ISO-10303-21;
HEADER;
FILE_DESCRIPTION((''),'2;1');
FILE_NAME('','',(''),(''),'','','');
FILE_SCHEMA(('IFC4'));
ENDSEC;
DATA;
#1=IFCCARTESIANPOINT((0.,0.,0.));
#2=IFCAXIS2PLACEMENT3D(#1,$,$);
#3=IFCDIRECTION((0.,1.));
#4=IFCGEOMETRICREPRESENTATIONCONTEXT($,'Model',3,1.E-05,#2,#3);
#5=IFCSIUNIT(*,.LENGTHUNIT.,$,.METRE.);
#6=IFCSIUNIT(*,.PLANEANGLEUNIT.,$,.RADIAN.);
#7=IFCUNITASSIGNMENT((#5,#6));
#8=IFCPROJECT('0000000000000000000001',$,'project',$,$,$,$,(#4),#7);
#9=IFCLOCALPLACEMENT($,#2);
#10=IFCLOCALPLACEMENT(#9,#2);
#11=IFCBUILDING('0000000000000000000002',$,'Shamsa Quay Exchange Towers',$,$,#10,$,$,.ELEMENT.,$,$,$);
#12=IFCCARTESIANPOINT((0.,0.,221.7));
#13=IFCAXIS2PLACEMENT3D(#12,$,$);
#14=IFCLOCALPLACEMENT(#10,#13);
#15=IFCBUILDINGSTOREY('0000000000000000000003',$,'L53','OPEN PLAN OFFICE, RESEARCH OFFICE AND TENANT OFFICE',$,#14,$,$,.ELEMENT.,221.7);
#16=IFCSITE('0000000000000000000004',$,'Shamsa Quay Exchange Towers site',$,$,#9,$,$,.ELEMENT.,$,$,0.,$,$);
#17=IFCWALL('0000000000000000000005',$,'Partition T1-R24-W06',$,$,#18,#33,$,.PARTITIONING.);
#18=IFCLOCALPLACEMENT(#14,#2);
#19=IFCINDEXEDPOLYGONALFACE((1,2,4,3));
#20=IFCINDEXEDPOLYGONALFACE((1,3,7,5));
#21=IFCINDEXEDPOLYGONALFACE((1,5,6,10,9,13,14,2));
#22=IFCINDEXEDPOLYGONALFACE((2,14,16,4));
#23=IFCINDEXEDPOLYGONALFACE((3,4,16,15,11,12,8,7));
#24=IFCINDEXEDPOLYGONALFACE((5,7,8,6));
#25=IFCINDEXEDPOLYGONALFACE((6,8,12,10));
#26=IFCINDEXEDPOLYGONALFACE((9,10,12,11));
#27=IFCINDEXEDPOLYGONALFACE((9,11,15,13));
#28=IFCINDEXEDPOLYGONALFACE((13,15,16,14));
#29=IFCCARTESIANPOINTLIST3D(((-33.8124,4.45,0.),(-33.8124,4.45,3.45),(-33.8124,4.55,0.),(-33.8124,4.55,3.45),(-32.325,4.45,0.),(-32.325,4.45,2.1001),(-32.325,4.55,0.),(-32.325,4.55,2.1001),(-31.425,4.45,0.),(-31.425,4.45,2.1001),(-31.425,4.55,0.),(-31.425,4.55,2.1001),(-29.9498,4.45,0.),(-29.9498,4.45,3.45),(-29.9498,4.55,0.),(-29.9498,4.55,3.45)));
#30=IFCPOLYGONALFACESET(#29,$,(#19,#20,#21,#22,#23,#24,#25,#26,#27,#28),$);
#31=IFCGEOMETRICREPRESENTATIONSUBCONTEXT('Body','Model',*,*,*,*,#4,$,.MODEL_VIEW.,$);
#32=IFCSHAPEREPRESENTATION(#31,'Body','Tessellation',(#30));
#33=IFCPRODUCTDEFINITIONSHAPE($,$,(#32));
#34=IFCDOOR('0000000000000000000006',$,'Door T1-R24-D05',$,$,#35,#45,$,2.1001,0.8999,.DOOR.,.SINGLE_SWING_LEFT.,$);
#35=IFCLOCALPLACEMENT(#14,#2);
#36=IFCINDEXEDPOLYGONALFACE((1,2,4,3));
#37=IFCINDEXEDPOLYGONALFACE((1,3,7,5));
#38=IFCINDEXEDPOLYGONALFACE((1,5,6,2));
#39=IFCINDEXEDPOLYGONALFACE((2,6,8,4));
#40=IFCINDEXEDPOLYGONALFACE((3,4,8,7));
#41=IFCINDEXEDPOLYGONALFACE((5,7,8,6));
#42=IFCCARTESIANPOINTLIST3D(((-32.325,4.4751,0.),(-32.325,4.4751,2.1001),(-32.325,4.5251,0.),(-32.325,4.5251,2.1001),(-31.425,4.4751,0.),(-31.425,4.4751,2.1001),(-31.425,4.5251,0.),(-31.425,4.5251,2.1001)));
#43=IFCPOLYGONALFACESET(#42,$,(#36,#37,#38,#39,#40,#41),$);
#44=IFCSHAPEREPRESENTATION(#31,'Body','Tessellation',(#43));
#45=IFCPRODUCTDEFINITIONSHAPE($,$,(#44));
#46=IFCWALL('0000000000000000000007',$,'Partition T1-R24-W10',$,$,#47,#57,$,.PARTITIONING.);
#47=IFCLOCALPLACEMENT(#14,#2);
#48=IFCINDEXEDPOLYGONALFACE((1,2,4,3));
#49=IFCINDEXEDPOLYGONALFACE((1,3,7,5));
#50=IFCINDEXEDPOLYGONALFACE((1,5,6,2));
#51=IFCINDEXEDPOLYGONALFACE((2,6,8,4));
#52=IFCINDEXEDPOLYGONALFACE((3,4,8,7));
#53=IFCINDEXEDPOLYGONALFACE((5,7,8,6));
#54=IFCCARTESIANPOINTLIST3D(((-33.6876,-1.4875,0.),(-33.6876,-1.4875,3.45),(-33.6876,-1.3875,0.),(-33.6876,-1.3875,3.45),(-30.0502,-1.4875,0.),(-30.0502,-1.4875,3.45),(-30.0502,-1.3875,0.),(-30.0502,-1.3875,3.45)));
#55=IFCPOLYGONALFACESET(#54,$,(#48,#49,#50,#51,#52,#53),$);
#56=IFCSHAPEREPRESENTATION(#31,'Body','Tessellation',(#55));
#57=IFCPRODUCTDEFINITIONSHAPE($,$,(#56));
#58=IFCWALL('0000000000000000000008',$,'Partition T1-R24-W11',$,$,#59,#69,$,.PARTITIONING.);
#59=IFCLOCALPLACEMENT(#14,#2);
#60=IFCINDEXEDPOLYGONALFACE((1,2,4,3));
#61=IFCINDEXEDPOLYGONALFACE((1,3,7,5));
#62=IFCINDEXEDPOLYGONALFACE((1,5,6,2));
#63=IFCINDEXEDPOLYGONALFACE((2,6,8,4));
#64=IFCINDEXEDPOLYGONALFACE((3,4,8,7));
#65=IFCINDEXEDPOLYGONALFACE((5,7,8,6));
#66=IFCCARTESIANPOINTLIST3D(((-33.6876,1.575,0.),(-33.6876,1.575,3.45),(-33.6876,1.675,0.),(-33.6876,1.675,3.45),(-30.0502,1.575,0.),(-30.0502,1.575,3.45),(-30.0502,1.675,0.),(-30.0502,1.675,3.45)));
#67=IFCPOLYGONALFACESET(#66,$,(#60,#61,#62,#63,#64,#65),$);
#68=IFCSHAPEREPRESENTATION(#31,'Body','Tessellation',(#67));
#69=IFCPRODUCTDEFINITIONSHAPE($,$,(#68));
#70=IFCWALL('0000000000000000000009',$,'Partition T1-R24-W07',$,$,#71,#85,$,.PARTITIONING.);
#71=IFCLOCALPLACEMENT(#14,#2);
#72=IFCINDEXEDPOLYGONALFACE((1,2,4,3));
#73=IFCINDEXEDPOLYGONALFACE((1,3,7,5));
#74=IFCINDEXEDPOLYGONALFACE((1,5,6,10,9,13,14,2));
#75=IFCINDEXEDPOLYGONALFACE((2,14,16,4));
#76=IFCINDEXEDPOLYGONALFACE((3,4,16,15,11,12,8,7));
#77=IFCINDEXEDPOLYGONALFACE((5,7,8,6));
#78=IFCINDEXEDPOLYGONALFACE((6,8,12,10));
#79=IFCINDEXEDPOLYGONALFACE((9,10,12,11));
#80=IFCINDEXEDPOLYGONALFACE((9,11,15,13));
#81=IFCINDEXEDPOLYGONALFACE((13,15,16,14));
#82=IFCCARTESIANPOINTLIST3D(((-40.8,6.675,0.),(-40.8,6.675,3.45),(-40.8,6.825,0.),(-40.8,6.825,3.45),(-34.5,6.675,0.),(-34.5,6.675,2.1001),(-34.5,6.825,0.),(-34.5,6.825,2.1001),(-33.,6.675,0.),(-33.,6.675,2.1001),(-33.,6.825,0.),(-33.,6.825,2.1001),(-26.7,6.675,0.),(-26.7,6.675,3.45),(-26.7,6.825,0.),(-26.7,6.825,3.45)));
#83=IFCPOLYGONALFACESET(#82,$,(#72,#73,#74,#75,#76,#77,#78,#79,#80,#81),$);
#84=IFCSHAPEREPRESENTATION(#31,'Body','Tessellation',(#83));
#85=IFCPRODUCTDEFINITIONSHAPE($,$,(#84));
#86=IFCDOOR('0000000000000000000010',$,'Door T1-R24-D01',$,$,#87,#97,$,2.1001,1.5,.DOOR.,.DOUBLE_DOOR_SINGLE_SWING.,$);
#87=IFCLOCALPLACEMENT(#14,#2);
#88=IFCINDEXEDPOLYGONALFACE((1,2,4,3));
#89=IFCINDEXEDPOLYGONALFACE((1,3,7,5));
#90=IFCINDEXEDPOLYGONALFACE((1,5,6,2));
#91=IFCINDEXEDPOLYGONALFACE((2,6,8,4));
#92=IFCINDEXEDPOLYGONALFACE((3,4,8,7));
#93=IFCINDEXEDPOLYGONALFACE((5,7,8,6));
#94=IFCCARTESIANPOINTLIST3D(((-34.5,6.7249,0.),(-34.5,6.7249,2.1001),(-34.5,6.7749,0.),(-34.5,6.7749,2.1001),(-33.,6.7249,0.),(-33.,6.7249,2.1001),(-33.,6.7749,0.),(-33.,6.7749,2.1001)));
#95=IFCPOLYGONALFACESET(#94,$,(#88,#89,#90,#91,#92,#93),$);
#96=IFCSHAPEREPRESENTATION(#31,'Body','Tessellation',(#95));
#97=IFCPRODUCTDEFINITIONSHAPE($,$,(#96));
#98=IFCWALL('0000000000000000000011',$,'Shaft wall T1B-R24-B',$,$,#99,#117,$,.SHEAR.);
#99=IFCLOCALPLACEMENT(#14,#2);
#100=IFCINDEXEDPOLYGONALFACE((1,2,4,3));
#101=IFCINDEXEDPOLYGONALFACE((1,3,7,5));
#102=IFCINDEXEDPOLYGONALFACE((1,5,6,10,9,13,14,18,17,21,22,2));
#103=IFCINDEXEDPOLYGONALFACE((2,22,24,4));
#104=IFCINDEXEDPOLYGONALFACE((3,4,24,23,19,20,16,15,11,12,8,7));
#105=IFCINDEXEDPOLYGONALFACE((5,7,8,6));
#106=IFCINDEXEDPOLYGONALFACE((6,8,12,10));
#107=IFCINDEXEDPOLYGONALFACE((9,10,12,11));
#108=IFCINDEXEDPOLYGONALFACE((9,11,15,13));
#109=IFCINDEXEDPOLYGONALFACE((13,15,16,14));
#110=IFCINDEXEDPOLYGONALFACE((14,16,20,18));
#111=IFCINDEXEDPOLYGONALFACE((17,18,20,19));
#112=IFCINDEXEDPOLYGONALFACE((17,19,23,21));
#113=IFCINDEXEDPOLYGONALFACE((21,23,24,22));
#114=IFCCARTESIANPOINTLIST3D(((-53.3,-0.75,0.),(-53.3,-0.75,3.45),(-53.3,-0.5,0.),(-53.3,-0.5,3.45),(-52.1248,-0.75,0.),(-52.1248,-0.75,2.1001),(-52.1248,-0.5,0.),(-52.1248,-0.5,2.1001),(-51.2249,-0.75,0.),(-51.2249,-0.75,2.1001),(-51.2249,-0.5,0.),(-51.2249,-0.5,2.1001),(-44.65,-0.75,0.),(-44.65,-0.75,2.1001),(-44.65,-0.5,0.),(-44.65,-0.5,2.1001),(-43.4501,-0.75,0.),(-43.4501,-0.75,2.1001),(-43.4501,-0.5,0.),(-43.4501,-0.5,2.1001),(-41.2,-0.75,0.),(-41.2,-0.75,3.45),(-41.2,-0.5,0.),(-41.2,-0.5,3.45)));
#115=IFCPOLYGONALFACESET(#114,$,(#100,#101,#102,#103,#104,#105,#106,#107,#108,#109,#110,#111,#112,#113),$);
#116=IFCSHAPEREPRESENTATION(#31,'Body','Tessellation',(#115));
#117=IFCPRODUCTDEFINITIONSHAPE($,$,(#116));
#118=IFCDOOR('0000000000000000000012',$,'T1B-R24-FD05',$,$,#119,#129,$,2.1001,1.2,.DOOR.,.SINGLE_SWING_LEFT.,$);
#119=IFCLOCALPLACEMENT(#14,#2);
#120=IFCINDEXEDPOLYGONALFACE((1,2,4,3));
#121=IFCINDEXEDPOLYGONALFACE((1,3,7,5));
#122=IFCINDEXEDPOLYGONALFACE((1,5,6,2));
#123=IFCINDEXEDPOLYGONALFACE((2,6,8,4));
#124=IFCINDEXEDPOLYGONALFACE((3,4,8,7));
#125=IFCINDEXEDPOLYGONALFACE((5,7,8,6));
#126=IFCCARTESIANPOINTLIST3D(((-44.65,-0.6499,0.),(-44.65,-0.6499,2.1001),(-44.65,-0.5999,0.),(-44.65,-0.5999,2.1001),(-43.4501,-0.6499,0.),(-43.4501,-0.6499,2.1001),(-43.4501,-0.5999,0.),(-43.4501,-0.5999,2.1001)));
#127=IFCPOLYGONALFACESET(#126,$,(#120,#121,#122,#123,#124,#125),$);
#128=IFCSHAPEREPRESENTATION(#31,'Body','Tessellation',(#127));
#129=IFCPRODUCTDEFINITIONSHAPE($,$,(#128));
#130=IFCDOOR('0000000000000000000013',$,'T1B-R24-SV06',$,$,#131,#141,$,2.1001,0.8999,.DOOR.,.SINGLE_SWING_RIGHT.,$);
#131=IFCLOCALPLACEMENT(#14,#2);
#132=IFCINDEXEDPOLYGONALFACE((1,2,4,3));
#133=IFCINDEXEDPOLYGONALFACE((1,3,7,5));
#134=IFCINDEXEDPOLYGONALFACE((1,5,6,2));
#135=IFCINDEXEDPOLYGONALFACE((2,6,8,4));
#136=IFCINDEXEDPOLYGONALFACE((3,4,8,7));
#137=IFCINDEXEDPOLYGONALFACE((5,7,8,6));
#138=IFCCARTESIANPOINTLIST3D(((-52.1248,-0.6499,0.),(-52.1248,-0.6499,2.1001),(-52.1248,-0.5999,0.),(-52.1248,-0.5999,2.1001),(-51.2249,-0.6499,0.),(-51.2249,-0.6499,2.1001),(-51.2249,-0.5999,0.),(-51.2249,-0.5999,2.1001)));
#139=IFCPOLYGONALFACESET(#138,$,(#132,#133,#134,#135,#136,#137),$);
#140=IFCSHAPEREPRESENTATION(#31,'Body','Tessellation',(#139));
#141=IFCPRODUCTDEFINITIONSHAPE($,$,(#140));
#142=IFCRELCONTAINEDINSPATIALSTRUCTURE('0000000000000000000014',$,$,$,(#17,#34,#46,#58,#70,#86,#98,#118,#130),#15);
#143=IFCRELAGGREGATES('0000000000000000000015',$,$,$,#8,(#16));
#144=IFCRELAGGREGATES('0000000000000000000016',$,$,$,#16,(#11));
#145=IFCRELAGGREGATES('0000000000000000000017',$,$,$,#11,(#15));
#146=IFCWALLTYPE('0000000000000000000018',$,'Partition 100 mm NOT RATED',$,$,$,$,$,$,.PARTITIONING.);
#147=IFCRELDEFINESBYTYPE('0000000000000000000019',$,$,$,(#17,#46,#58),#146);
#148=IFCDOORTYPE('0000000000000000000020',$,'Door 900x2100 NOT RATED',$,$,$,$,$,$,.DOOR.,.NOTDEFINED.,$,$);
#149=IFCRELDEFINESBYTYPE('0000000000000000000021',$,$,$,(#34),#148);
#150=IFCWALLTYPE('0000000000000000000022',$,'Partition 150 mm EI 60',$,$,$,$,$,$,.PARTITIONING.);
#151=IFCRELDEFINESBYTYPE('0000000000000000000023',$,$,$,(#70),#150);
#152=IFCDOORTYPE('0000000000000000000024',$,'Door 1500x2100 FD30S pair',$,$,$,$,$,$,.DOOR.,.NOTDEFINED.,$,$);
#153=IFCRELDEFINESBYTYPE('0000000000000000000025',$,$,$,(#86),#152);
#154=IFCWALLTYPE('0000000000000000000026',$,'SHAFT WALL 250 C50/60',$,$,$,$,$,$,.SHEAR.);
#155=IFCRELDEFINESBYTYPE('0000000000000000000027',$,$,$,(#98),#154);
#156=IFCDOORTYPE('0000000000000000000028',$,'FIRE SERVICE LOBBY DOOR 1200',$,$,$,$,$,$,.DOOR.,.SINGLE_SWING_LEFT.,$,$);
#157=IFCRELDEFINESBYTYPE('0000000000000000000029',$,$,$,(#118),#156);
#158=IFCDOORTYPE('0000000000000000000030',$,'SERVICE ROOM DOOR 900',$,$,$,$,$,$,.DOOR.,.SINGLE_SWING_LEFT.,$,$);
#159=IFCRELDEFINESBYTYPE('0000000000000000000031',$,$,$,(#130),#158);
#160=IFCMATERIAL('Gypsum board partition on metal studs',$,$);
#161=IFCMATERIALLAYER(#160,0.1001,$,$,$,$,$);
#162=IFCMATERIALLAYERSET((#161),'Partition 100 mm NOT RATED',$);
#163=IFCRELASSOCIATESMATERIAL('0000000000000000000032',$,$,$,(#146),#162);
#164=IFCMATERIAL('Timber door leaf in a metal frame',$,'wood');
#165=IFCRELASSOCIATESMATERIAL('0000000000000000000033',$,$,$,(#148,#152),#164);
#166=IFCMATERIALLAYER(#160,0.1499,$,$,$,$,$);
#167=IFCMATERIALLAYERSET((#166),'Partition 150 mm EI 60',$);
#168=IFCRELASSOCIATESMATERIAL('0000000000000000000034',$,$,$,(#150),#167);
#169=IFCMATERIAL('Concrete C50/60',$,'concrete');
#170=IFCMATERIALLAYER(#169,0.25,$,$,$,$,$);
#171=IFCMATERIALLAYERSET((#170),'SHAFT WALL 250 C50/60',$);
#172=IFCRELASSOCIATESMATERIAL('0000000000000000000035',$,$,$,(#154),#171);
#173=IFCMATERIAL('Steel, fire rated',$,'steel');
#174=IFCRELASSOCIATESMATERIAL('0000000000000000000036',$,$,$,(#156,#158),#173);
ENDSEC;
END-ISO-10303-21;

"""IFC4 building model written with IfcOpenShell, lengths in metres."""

from ifc_helpers import new_model, si_unit, direction, frame, frame_2d, origin, place, context, subcontext, project, spatial, rectangle, extrude, material, layer, layer_set, type_object, element, fill, save


model = new_model("IFC4")

# Units and contexts
model_context = context("Model", 3, precision=1e-05, world=origin(), true_north=direction((0.0, 1.0)))
body_context = subcontext(model_context, "Body", "Model", "MODEL_VIEW")
ifc_project = project(units=[si_unit("LENGTHUNIT", "METRE"), si_unit("PLANEANGLEUNIT", "RADIAN")], contexts=[model_context])

# Site, building, storey
site_placement = place(None, origin())
site = spatial("IfcSite", under=ifc_project, at=site_placement, Name="Shamsa Quay Exchange Towers site", CompositionType="ELEMENT", RefElevation=0.0)
building_placement = place(site_placement, origin())
building = spatial("IfcBuilding", under=site, at=building_placement, Name="Shamsa Quay Exchange Towers", CompositionType="ELEMENT")
storey_placement = place(building_placement, frame((0.0, 0.0, 221.7)))
storey = spatial("IfcBuildingStorey", under=building, at=storey_placement, Name="L53", Description="OPEN PLAN OFFICE, RESEARCH OFFICE AND TENANT OFFICE", CompositionType="ELEMENT", Elevation=221.7)

# Shared definitions
ifc_material_1 = material(Name="Timber door leaf in a metal frame", Category="wood")

# Wall, opening, door
ifc_material_2 = material(Name="Gypsum board partition on metal studs")
ifc_layer_1 = layer(ifc_material_2, 0.1001)
ifc_layer_set_1 = layer_set([ifc_layer_1], Name="Partition 100 mm NOT RATED")
wall_type_1 = type_object("IfcWallType", Name="Partition 100 mm NOT RATED", PredefinedType="PARTITIONING", material=ifc_layer_set_1)
wall_1_placement = place(storey_placement, frame((-29.95, 4.5, 0.0), z_axis=(0.0, 0.0, 1.0), x_axis=(-1.0, 0.0, 0.0)))
wall_1 = element("IfcWall", 1, at=wall_1_placement, inside=storey, type_object=wall_type_1, Name="Partition T1-R24-W06", PredefinedType="PARTITIONING", context=body_context, shape_type="SweptSolid", body=[
    extrude(rectangle(XDim=3.8625, YDim=0.1001, at=frame_2d((1.9312, 0.0))), origin(), (0.0, 0.0, 1.0), 3.45),
])
opening_1_placement = place(wall_1_placement, frame((1.4751, 0.0, 0.0)))
opening_1 = element("IfcOpeningElement", 2, at=opening_1_placement, cuts=wall_1, PredefinedType="OPENING", context=body_context, shape_type="SweptSolid", body=[
    extrude(rectangle(XDim=0.8999, YDim=2.1001, at=frame_2d((0.45, 1.05))), frame((0.0, 0.0601, 0.0), z_axis=(0.0, -1.0, 0.0), x_axis=(1.0, 0.0, 0.0)), (0.0, 0.0, 1.0), 0.1201),
])
door_type_1 = type_object("IfcDoorType", Name="Door 900x2100 NOT RATED", OperationType="NOTDEFINED", PredefinedType="DOOR", material=ifc_material_1)
door_1_placement = place(opening_1_placement, origin())
door_1 = element("IfcDoor", 3, at=door_1_placement, inside=storey, type_object=door_type_1, Name="Door T1-R24-D05", OperationType="SINGLE_SWING_LEFT", OverallHeight=2.1001, OverallWidth=0.8999, PredefinedType="DOOR", context=body_context, shape_type="SweptSolid", body=[
    extrude(rectangle(XDim=0.8999, YDim=2.1001, at=frame_2d((0.45, 1.05))), frame((0.0, 0.0249, 0.0), z_axis=(0.0, -1.0, 0.0), x_axis=(1.0, 0.0, 0.0)), (0.0, 0.0, 1.0), 0.05),
])
fill(opening_1, door_1)

# Walls
for number, where, z_axis, x_axis, name in (
    (4, (-30.05, -1.4375, 0.0), (0.0, 0.0, 1.0), (-1.0, 0.0, 0.0), "Partition T1-R24-W10"),
    (5, (-30.05, 1.625, 0.0), (0.0, 0.0, 1.0), (-1.0, 0.0, 0.0), "Partition T1-R24-W11"),
):
    element("IfcWall", number, at=place(storey_placement, frame(where, z_axis=z_axis, x_axis=x_axis)), inside=storey, type_object=wall_type_1, Name=name, PredefinedType="PARTITIONING", context=body_context, shape_type="SweptSolid", body=[
        extrude(rectangle(XDim=3.6375, YDim=0.1001, at=frame_2d((1.8188, 0.0))), origin(), (0.0, 0.0, 1.0), 3.45),
    ])

# Wall, opening, door
ifc_layer_2 = layer(ifc_material_2, 0.1499)
ifc_layer_set_2 = layer_set([ifc_layer_2], Name="Partition 150 mm EI 60")
wall_type_2 = type_object("IfcWallType", Name="Partition 150 mm EI 60", PredefinedType="PARTITIONING", material=ifc_layer_set_2)
wall_2_placement = place(storey_placement, frame((-40.8, 6.75, 0.0)))
wall_2 = element("IfcWall", 6, at=wall_2_placement, inside=storey, type_object=wall_type_2, Name="Partition T1-R24-W07", PredefinedType="PARTITIONING", context=body_context, shape_type="SweptSolid", body=[
    extrude(rectangle(XDim=14.1001, YDim=0.1499, at=frame_2d((7.05, 0.0))), origin(), (0.0, 0.0, 1.0), 3.45),
])
opening_2_placement = place(wall_2_placement, frame((6.3, 0.0, 0.0)))
opening_2 = element("IfcOpeningElement", 7, at=opening_2_placement, cuts=wall_2, PredefinedType="OPENING", context=body_context, shape_type="SweptSolid", body=[
    extrude(rectangle(XDim=1.5, YDim=2.1001, at=frame_2d((0.75, 1.05))), frame((0.0, 0.085, 0.0), z_axis=(0.0, -1.0, 0.0), x_axis=(1.0, 0.0, 0.0)), (0.0, 0.0, 1.0), 0.1699),
])
door_type_2 = type_object("IfcDoorType", Name="Door 1500x2100 FD30S pair", OperationType="NOTDEFINED", PredefinedType="DOOR", material=ifc_material_1)
door_2_placement = place(opening_2_placement, origin())
door_2 = element("IfcDoor", 8, at=door_2_placement, inside=storey, type_object=door_type_2, Name="Door T1-R24-D01", OperationType="DOUBLE_DOOR_SINGLE_SWING", OverallHeight=2.1001, OverallWidth=1.5, PredefinedType="DOOR", context=body_context, shape_type="SweptSolid", body=[
    extrude(rectangle(XDim=1.5, YDim=2.1001, at=frame_2d((0.75, 1.05))), frame((0.0, 0.0249, 0.0), z_axis=(0.0, -1.0, 0.0), x_axis=(1.0, 0.0, 0.0)), (0.0, 0.0, 1.0), 0.05),
])
fill(opening_2, door_2)

# Wall, openings, doors
ifc_material_3 = material(Name="Concrete C50/60", Category="concrete")
ifc_layer_3 = layer(ifc_material_3, 0.25)
ifc_layer_set_3 = layer_set([ifc_layer_3], Name="SHAFT WALL 250 C50/60")
wall_type_3 = type_object("IfcWallType", Name="SHAFT WALL 250 C50/60", PredefinedType="SHEAR", material=ifc_layer_set_3)
wall_3_placement = place(storey_placement, frame((-41.2, -0.625, 0.0), z_axis=(0.0, 0.0, 1.0), x_axis=(-1.0, 0.0, 0.0)))
wall_3 = element("IfcWall", 9, at=wall_3_placement, inside=storey, type_object=wall_type_3, Name="Shaft wall T1B-R24-B", PredefinedType="SHEAR", context=body_context, shape_type="SweptSolid", body=[
    extrude(rectangle(XDim=12.1001, YDim=0.25, at=frame_2d((6.05, 0.0))), origin(), (0.0, 0.0, 1.0), 3.45),
])
opening_3_placement = place(wall_3_placement, frame((2.25, 0.0, 0.0)))
opening_3 = element("IfcOpeningElement", 10, at=opening_3_placement, cuts=wall_3, PredefinedType="OPENING", context=body_context, shape_type="SweptSolid", body=[
    extrude(rectangle(XDim=1.2, YDim=2.1001, at=frame_2d((0.6001, 1.05))), frame((0.0, 0.135, 0.0), z_axis=(0.0, -1.0, 0.0), x_axis=(1.0, 0.0, 0.0)), (0.0, 0.0, 1.0), 0.27),
])
opening_4_placement = place(wall_3_placement, frame((10.0249, 0.0, 0.0)))
opening_4 = element("IfcOpeningElement", 11, at=opening_4_placement, cuts=wall_3, PredefinedType="OPENING", context=body_context, shape_type="SweptSolid", body=[
    extrude(rectangle(XDim=0.8999, YDim=2.1001, at=frame_2d((0.45, 1.05))), frame((0.0, 0.135, 0.0), z_axis=(0.0, -1.0, 0.0), x_axis=(1.0, 0.0, 0.0)), (0.0, 0.0, 1.0), 0.27),
])
ifc_material_4 = material(Name="Steel, fire rated", Category="steel")
door_type_3 = type_object("IfcDoorType", Name="FIRE SERVICE LOBBY DOOR 1200", OperationType="SINGLE_SWING_LEFT", PredefinedType="DOOR", material=ifc_material_4)
door_3_placement = place(opening_3_placement, origin())
door_3 = element("IfcDoor", 12, at=door_3_placement, inside=storey, type_object=door_type_3, Name="T1B-R24-FD05", OperationType="SINGLE_SWING_LEFT", OverallHeight=2.1001, OverallWidth=1.2, PredefinedType="DOOR", context=body_context, shape_type="SweptSolid", body=[
    extrude(rectangle(XDim=1.2, YDim=2.1001, at=frame_2d((0.6001, 1.05))), frame((0.0, 0.0249, 0.0), z_axis=(0.0, -1.0, 0.0), x_axis=(1.0, 0.0, 0.0)), (0.0, 0.0, 1.0), 0.05),
])
fill(opening_3, door_3)
door_type_4 = type_object("IfcDoorType", Name="SERVICE ROOM DOOR 900", OperationType="SINGLE_SWING_LEFT", PredefinedType="DOOR", material=ifc_material_4)
door_4_placement = place(opening_4_placement, origin())
door_4 = element("IfcDoor", 13, at=door_4_placement, inside=storey, type_object=door_type_4, Name="T1B-R24-SV06", OperationType="SINGLE_SWING_RIGHT", OverallHeight=2.1001, OverallWidth=0.8999, PredefinedType="DOOR", context=body_context, shape_type="SweptSolid", body=[
    extrude(rectangle(XDim=0.8999, YDim=2.1001, at=frame_2d((0.45, 1.05))), frame((0.0, 0.0249, 0.0), z_axis=(0.0, -1.0, 0.0), x_axis=(1.0, 0.0, 0.0)), (0.0, 0.0, 1.0), 0.05),
])
fill(opening_4, door_4)

save(model, "model.ifc")
